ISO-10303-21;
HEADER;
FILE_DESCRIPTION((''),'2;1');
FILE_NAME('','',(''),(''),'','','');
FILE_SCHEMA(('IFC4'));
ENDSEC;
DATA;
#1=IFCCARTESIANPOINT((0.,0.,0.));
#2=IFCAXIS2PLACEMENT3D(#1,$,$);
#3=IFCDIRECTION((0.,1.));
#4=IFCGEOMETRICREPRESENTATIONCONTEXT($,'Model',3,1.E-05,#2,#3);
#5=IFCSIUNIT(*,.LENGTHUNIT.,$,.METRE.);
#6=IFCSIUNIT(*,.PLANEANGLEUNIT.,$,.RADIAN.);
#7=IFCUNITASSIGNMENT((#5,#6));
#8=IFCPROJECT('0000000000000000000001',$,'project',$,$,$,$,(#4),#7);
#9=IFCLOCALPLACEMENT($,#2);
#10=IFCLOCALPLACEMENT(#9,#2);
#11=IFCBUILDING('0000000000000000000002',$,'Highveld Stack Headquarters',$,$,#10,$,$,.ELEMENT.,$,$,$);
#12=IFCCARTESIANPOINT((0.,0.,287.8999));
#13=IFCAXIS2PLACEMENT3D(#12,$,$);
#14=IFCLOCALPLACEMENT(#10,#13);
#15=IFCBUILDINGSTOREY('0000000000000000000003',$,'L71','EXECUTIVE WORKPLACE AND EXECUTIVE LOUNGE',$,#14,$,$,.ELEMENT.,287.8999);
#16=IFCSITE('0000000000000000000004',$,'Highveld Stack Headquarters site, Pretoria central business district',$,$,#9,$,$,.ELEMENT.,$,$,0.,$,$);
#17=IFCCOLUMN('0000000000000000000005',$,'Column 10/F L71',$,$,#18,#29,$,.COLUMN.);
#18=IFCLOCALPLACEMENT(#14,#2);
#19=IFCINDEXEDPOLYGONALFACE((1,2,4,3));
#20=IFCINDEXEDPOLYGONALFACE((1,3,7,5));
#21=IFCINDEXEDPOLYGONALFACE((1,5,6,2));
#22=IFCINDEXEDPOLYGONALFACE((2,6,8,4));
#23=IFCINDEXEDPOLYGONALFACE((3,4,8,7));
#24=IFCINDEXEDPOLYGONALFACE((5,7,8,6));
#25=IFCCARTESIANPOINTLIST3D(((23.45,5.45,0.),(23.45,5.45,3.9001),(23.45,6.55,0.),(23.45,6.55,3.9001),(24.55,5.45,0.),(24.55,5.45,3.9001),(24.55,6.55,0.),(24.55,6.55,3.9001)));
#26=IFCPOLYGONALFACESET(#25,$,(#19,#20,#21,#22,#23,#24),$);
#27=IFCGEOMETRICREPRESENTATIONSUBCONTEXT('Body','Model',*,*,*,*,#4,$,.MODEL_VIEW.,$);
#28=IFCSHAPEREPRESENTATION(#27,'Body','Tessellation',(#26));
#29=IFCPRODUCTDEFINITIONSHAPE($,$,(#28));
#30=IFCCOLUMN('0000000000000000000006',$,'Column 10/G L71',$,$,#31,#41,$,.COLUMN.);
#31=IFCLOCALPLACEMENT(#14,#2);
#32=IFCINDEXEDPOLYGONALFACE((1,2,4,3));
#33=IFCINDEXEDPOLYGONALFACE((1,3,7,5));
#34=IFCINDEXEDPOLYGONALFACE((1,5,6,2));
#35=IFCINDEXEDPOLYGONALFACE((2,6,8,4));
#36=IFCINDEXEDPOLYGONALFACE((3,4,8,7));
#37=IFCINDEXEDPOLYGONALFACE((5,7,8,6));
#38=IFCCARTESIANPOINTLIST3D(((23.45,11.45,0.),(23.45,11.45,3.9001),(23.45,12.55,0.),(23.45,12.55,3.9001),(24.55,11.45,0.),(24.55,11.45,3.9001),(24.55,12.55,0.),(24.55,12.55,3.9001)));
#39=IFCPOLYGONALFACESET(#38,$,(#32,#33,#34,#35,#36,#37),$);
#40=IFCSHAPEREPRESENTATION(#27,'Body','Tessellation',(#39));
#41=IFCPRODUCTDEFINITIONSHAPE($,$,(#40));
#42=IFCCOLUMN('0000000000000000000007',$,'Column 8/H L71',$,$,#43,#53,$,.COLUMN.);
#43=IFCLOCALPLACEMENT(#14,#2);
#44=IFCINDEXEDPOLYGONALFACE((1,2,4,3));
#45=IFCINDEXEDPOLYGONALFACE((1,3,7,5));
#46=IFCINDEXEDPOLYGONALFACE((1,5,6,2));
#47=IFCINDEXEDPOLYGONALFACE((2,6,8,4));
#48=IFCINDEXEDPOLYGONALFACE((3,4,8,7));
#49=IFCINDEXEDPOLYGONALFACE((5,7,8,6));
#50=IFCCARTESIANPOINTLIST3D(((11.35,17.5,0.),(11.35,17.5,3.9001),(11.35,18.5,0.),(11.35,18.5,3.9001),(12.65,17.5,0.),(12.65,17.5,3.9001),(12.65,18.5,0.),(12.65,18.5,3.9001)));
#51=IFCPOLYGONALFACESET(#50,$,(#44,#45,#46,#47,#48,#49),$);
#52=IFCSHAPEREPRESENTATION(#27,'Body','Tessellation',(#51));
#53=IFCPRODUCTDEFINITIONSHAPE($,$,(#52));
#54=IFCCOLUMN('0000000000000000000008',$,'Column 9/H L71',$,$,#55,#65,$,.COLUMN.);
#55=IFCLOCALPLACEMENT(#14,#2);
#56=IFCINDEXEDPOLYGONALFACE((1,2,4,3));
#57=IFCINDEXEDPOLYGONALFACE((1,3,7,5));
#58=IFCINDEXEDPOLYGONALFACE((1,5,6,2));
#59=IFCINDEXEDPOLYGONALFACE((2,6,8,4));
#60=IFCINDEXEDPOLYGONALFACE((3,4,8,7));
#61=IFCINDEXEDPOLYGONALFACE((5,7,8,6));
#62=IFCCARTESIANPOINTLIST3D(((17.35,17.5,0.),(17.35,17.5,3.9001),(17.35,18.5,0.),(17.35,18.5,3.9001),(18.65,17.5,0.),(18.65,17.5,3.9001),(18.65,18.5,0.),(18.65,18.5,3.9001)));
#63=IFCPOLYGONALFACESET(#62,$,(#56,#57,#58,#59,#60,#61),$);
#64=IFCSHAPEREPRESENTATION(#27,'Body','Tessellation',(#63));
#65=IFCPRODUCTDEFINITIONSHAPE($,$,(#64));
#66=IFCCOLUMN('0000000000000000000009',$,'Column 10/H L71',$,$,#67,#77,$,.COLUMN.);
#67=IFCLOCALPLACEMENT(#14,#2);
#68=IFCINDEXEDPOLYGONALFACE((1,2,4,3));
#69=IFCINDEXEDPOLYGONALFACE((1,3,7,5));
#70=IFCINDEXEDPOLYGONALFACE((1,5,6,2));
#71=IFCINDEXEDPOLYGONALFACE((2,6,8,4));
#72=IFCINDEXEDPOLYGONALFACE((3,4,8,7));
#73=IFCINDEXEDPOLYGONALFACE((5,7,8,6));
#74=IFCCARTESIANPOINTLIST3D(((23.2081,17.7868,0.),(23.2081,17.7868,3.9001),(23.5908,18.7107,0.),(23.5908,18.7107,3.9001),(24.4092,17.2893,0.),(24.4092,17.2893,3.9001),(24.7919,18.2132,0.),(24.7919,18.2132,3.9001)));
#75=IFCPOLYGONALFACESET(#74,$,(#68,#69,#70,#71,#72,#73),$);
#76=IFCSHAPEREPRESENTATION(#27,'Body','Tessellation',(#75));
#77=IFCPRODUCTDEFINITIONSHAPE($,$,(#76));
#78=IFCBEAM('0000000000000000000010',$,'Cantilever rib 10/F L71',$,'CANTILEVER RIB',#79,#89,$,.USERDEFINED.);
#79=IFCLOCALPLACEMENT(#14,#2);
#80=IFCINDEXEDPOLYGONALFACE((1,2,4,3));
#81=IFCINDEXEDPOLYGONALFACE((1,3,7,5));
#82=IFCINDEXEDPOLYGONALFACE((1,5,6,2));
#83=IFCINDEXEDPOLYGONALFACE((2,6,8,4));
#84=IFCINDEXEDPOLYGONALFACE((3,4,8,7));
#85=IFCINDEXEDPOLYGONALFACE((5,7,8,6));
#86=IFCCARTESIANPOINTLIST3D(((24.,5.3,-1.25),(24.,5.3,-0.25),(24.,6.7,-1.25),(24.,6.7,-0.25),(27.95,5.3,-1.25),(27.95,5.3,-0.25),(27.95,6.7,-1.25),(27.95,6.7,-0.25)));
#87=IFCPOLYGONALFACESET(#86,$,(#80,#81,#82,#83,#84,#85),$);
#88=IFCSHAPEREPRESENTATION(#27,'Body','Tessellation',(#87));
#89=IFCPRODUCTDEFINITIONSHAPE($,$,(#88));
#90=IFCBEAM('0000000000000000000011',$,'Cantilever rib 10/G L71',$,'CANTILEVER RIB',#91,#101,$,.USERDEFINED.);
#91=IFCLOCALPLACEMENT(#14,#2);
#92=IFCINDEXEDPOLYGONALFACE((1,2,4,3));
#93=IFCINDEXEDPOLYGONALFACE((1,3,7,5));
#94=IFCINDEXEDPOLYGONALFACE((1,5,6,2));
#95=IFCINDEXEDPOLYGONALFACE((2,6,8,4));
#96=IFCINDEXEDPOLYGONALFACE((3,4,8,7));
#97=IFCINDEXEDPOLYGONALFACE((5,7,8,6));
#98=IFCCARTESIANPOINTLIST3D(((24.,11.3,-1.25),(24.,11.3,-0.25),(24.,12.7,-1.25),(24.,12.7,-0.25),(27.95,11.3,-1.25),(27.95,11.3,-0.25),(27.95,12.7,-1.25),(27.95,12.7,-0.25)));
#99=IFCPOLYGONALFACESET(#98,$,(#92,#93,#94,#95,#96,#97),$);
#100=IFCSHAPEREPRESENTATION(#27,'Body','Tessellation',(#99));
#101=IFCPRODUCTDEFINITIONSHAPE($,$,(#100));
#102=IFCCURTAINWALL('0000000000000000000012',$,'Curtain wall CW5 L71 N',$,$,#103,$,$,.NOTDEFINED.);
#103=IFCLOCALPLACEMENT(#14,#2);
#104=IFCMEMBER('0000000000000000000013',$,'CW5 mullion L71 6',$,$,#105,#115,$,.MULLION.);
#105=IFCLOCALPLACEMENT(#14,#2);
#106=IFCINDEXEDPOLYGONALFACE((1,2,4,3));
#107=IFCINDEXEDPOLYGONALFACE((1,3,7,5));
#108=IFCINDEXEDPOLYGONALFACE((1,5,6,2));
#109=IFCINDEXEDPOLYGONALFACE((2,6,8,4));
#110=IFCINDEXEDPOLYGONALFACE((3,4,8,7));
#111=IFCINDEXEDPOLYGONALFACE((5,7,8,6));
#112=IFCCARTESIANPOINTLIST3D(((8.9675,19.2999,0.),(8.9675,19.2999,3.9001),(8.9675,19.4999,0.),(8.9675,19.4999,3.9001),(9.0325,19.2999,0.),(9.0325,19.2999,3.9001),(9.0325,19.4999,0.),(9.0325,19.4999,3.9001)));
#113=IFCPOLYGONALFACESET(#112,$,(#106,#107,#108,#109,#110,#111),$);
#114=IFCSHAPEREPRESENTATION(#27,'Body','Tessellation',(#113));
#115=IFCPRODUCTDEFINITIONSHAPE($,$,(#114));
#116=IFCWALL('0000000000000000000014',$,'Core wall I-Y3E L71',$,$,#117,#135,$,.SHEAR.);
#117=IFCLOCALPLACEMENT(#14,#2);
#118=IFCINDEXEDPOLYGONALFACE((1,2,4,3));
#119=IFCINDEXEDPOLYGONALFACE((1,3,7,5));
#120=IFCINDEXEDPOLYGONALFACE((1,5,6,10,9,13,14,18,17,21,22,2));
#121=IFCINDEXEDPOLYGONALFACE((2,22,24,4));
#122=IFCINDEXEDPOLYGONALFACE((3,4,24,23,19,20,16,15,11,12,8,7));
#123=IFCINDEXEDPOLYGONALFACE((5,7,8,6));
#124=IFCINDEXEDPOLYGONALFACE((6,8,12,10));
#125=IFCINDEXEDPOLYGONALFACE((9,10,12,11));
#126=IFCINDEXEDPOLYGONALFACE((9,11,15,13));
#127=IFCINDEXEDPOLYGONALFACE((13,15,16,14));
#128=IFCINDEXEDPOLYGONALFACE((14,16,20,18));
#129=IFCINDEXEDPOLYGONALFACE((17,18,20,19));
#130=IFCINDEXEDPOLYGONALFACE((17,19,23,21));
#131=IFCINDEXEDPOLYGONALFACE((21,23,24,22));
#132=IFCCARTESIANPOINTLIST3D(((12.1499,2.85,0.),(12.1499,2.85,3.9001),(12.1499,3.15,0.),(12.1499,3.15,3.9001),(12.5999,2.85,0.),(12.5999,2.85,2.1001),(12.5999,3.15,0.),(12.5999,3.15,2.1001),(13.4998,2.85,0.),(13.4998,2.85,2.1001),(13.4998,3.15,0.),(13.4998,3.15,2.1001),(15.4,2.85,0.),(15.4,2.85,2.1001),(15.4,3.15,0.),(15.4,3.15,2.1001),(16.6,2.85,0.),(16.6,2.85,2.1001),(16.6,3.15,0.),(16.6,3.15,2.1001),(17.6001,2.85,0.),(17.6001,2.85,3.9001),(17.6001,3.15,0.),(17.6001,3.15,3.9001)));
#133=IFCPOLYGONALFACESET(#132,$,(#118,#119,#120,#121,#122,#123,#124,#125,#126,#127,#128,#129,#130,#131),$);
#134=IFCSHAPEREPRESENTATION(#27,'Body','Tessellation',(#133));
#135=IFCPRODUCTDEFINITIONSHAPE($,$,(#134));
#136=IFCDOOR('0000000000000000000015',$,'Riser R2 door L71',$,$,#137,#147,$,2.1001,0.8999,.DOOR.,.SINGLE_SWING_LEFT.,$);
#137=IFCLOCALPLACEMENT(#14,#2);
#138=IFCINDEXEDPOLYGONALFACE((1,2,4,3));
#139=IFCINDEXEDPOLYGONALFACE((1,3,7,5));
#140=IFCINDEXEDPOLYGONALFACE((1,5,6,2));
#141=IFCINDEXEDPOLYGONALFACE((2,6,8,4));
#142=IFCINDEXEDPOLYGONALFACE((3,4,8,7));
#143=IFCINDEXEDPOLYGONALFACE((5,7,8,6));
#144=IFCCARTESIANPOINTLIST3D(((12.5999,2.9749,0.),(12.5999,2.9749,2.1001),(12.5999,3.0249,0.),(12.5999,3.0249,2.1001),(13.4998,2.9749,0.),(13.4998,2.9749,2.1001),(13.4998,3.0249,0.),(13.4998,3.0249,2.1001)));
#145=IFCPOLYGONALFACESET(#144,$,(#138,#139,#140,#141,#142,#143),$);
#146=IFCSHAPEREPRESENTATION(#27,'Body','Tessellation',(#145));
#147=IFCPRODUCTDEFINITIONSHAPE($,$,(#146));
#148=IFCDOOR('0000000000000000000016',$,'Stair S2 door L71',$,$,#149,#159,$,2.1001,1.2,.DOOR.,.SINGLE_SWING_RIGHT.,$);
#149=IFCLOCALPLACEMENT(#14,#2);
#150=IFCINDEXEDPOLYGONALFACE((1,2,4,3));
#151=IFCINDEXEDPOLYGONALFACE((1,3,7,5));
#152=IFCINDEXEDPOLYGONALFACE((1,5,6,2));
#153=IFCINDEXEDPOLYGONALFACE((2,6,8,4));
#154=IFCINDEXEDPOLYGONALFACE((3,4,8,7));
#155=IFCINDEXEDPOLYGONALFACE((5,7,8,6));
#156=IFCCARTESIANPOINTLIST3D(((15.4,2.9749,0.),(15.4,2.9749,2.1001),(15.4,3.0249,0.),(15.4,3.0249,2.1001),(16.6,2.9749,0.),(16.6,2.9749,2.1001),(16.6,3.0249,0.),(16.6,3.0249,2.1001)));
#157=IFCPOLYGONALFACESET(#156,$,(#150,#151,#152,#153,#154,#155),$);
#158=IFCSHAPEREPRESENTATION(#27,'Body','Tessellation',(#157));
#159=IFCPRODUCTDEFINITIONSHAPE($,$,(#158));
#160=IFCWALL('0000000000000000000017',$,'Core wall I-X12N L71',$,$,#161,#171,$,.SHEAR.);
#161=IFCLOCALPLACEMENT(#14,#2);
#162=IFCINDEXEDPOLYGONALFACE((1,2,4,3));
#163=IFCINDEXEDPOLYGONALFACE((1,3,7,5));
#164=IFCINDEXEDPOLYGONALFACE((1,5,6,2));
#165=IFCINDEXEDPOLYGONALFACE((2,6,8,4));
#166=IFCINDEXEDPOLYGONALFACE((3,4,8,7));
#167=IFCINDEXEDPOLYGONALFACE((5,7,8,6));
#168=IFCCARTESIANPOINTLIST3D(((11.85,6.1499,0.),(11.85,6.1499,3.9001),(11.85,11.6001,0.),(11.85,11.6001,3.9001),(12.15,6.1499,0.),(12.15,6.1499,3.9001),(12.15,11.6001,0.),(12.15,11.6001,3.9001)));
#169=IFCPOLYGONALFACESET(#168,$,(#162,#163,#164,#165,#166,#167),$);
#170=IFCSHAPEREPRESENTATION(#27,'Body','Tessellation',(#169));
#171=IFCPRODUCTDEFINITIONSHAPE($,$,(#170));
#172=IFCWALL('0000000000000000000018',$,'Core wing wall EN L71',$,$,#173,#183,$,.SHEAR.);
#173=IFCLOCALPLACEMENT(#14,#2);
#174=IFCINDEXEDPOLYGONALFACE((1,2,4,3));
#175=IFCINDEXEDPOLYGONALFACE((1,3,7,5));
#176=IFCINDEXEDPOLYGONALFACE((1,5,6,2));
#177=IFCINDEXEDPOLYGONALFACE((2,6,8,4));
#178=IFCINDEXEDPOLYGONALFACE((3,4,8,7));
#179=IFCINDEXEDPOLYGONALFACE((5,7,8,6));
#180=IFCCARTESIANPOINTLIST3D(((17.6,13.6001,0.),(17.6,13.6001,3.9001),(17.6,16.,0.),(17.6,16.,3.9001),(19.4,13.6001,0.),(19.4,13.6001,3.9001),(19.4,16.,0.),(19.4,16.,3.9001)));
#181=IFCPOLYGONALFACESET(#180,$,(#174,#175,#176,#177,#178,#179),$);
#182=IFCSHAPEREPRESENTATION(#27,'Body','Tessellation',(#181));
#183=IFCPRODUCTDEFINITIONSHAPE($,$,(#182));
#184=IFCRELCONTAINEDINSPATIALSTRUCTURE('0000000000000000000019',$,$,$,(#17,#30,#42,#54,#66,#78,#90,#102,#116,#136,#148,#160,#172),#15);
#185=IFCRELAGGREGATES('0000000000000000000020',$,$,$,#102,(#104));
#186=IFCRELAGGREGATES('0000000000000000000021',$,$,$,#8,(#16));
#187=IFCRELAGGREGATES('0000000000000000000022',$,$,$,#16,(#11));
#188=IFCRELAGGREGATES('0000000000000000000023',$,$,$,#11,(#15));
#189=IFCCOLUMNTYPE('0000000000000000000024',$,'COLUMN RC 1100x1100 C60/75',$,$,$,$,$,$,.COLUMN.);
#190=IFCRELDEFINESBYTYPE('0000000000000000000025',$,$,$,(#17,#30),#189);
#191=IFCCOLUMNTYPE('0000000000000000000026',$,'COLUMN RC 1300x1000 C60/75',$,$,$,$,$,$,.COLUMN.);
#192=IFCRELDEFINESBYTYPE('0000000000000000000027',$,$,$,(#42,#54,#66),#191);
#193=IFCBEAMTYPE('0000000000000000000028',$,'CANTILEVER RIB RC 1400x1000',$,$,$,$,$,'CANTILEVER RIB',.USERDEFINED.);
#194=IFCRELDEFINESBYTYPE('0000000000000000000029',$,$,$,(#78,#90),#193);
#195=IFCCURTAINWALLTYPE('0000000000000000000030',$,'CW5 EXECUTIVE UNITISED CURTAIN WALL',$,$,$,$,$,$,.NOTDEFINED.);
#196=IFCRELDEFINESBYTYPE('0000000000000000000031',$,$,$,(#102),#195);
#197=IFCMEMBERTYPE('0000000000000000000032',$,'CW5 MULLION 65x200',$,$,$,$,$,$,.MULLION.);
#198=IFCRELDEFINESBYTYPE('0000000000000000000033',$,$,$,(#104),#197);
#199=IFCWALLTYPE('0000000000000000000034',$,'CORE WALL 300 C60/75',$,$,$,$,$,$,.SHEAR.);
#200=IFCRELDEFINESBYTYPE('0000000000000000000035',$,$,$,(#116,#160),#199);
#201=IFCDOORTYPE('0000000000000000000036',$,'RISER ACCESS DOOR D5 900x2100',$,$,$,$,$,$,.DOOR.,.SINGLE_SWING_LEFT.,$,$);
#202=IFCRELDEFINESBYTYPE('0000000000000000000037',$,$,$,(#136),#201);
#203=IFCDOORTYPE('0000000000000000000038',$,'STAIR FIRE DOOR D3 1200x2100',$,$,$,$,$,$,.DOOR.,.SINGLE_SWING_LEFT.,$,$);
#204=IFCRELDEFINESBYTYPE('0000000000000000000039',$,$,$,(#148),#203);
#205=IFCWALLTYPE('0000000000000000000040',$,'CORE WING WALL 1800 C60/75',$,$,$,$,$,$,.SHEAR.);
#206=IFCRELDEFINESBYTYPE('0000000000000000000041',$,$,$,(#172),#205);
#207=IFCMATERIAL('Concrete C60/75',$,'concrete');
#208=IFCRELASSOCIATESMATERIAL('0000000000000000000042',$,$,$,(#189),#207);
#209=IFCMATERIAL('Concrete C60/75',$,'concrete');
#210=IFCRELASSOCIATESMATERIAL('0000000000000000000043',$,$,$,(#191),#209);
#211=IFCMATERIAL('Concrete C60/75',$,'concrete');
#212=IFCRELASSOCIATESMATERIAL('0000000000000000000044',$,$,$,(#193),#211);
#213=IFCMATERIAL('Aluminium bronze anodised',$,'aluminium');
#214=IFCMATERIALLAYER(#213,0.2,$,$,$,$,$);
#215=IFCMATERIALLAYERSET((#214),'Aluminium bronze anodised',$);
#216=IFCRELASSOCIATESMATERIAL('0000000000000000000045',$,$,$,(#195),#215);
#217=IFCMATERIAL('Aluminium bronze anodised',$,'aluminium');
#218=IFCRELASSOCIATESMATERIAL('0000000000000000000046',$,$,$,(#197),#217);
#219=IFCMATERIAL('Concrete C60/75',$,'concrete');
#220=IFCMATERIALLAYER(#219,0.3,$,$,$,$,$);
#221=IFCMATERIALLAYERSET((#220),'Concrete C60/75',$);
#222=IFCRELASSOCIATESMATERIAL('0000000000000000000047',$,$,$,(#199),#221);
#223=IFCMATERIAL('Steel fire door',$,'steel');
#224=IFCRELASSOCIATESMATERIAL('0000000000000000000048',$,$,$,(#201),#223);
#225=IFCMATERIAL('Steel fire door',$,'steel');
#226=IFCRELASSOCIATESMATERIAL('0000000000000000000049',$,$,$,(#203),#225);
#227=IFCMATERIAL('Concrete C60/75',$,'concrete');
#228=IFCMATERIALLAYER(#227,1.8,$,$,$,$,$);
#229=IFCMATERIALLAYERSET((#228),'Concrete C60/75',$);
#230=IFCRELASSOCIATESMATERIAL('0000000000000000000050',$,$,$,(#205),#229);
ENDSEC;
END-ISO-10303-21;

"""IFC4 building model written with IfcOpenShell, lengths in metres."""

from ifc_helpers import new_model, si_unit, direction, frame, frame_2d, origin, origin_2d, place, context, subcontext, project, spatial, rectangle, extrude, material, layer, layer_set, material_profile, profile_set, type_object, element, fill, aggregate, save


model = new_model("IFC4")

# Units and contexts
model_context = context("Model", 3, precision=1e-05, world=origin(), true_north=direction((0.0, 1.0)))
body_context = subcontext(model_context, "Body", "Model", "MODEL_VIEW")
ifc_project = project(units=[si_unit("LENGTHUNIT", "METRE"), si_unit("PLANEANGLEUNIT", "RADIAN")], contexts=[model_context])

# Site, building, storey
site_placement = place(None, origin())
site = spatial("IfcSite", under=ifc_project, at=site_placement, Name="Highveld Stack Headquarters site, Pretoria central business district", CompositionType="ELEMENT", RefElevation=0.0)
building_placement = place(site_placement, origin())
building = spatial("IfcBuilding", under=site, at=building_placement, Name="Highveld Stack Headquarters", CompositionType="ELEMENT")
storey_placement = place(building_placement, frame((0.0, 0.0, 287.8999)))
storey = spatial("IfcBuildingStorey", under=building, at=storey_placement, Name="L71", Description="EXECUTIVE WORKPLACE AND EXECUTIVE LOUNGE", CompositionType="ELEMENT", Elevation=287.8999)

# Columns
ifc_material_1 = material(Name="Concrete C60/75", Category="concrete")
ifc_material_profile_1 = material_profile(ifc_material_1, rectangle(XDim=1.1001, YDim=1.1001, at=origin_2d()), Name="RC 1100x1100")
ifc_profile_set_1 = profile_set([ifc_material_profile_1], Name="Concrete C60/75")
column_type_1 = type_object("IfcColumnType", Name="COLUMN RC 1100x1100 C60/75", PredefinedType="COLUMN", material=ifc_profile_set_1)
for number, where, z_axis, x_axis, name in (
    (1, (24.0, 6.0, 0.0), (0.0, 0.0, 1.0), (1.0, 0.0, 0.0), "Column 10/F L71"),
    (2, (24.0, 12.0, 0.0), (0.0, 0.0, 1.0), (1.0, 0.0, 0.0), "Column 10/G L71"),
):
    element("IfcColumn", number, at=place(storey_placement, frame(where, z_axis=z_axis, x_axis=x_axis)), inside=storey, type_object=column_type_1, Name=name, PredefinedType="COLUMN", context=body_context, shape_type="SweptSolid", body=[
        extrude(rectangle(XDim=1.1001, YDim=1.1001, at=origin_2d()), origin(), (0.0, 0.0, 1.0), 3.9001),
    ])
ifc_material_2 = material(Name="Concrete C60/75", Category="concrete")
ifc_material_profile_2 = material_profile(ifc_material_2, rectangle(XDim=1.3, YDim=1.0, at=origin_2d()), Name="RC 1300x1000")
ifc_profile_set_2 = profile_set([ifc_material_profile_2], Name="Concrete C60/75")
column_type_2 = type_object("IfcColumnType", Name="COLUMN RC 1300x1000 C60/75", PredefinedType="COLUMN", material=ifc_profile_set_2)
for number, where, z_axis, x_axis, name in (
    (3, (12.0, 18.0, 0.0), (0.0, 0.0, 1.0), (1.0, 0.0, 0.0), "Column 8/H L71"),
    (4, (18.0, 18.0, 0.0), (0.0, 0.0, 1.0), (1.0, 0.0, 0.0), "Column 9/H L71"),
    (5, (24.0, 18.0, 0.0), (0.0, 0.0, 1.0), (0.92388, -0.382683, 0.0), "Column 10/H L71"),
):
    element("IfcColumn", number, at=place(storey_placement, frame(where, z_axis=z_axis, x_axis=x_axis)), inside=storey, type_object=column_type_2, Name=name, PredefinedType="COLUMN", context=body_context, shape_type="SweptSolid", body=[
        extrude(rectangle(XDim=1.3, YDim=1.0, at=origin_2d()), origin(), (0.0, 0.0, 1.0), 3.9001),
    ])

# Beams
ifc_material_3 = material(Name="Concrete C60/75", Category="concrete")
ifc_material_profile_3 = material_profile(ifc_material_3, rectangle(XDim=1.3999, YDim=1.0, at=origin_2d()), Name="RC 1400x1000")
ifc_profile_set_3 = profile_set([ifc_material_profile_3], Name="Concrete C60/75")
beam_type = type_object("IfcBeamType", Name="CANTILEVER RIB RC 1400x1000", ElementType="CANTILEVER RIB", PredefinedType="USERDEFINED", material=ifc_profile_set_3)
for number, where, z_axis, x_axis, name in (
    (6, (24.0, 6.0, -0.75), (1.0, 0.0, 0.0), (0.0, 1.0, 0.0), "Cantilever rib 10/F L71"),
    (7, (24.0, 12.0, -0.75), (1.0, 0.0, 0.0), (0.0, 1.0, 0.0), "Cantilever rib 10/G L71"),
):
    element("IfcBeam", number, at=place(storey_placement, frame(where, z_axis=z_axis, x_axis=x_axis)), inside=storey, type_object=beam_type, Name=name, ObjectType="CANTILEVER RIB", PredefinedType="USERDEFINED", context=body_context, shape_type="SweptSolid", body=[
        extrude(rectangle(XDim=1.3999, YDim=1.0, at=origin_2d()), origin(), (0.0, 0.0, 1.0), 3.95),
    ])

# Curtain wall, member
ifc_material_4 = material(Name="Aluminium bronze anodised", Category="aluminium")
ifc_layer_1 = layer(ifc_material_4, 0.2)
ifc_layer_set_1 = layer_set([ifc_layer_1], Name="Aluminium bronze anodised")
curtain_wall_type = type_object("IfcCurtainWallType", Name="CW5 EXECUTIVE UNITISED CURTAIN WALL", PredefinedType="NOTDEFINED", material=ifc_layer_set_1)
curtain_wall_placement = place(storey_placement, origin())
curtain_wall = element("IfcCurtainWall", 8, at=curtain_wall_placement, inside=storey, type_object=curtain_wall_type, Name="Curtain wall CW5 L71 N", PredefinedType="NOTDEFINED")
ifc_material_5 = material(Name="Aluminium bronze anodised", Category="aluminium")
ifc_material_profile_4 = material_profile(ifc_material_5, rectangle(XDim=0.2, YDim=0.0649, at=origin_2d()), Name="CW5 MULLION 65x200")
ifc_profile_set_4 = profile_set([ifc_material_profile_4], Name="Aluminium bronze anodised")
member_type = type_object("IfcMemberType", Name="CW5 MULLION 65x200", PredefinedType="MULLION", material=ifc_profile_set_4)
member_placement = place(storey_placement, frame((9.0, 19.3999, 0.0), z_axis=(0.0, 0.0, 1.0), x_axis=(0.0, -1.0, 0.0)))
member = element("IfcMember", 9, at=member_placement, type_object=member_type, Name="CW5 mullion L71 6", PredefinedType="MULLION", context=body_context, shape_type="SweptSolid", body=[
    extrude(rectangle(XDim=0.2, YDim=0.0649, at=origin_2d()), origin(), (0.0, 0.0, 1.0), 3.9001),
])
aggregate(curtain_wall, [member])

# Wall, openings, doors
ifc_material_6 = material(Name="Concrete C60/75", Category="concrete")
ifc_layer_2 = layer(ifc_material_6, 0.3)
ifc_layer_set_2 = layer_set([ifc_layer_2], Name="Concrete C60/75")
wall_type_1 = type_object("IfcWallType", Name="CORE WALL 300 C60/75", PredefinedType="SHEAR", material=ifc_layer_set_2)
wall_1_placement = place(storey_placement, frame((12.1499, 3.0, 0.0), z_axis=(0.0, 0.0, 1.0), x_axis=(1.0, 0.0, 0.0)))
wall_1 = element("IfcWall", 10, at=wall_1_placement, inside=storey, type_object=wall_type_1, Name="Core wall I-Y3E L71", PredefinedType="SHEAR", context=body_context, shape_type="SweptSolid", body=[
    extrude(rectangle(XDim=5.4502, YDim=0.3, at=frame_2d((2.7251, 0.0))), origin(), (0.0, 0.0, 1.0), 3.9001),
])
opening_1_placement = place(wall_1_placement, frame((3.25, 0.0, 0.0)))
opening_1 = element("IfcOpeningElement", 11, at=opening_1_placement, cuts=wall_1, PredefinedType="OPENING", context=body_context, shape_type="SweptSolid", body=[
    extrude(rectangle(XDim=1.2, YDim=2.1001, at=frame_2d((0.6001, 1.05))), frame((0.0, 0.1599, 0.0), z_axis=(0.0, -1.0, 0.0), x_axis=(1.0, 0.0, 0.0)), (0.0, 0.0, 1.0), 0.3201),
])
opening_2_placement = place(wall_1_placement, frame((0.45, 0.0, 0.0)))
opening_2 = element("IfcOpeningElement", 12, at=opening_2_placement, cuts=wall_1, PredefinedType="OPENING", context=body_context, shape_type="SweptSolid", body=[
    extrude(rectangle(XDim=0.8999, YDim=2.1001, at=frame_2d((0.45, 1.05))), frame((0.0, 0.1599, 0.0), z_axis=(0.0, -1.0, 0.0), x_axis=(1.0, 0.0, 0.0)), (0.0, 0.0, 1.0), 0.3201),
])
ifc_material_7 = material(Name="Steel fire door", Category="steel")
door_type_1 = type_object("IfcDoorType", Name="RISER ACCESS DOOR D5 900x2100", OperationType="SINGLE_SWING_LEFT", PredefinedType="DOOR", material=ifc_material_7)
door_1_placement = place(opening_2_placement, origin())
door_1 = element("IfcDoor", 13, at=door_1_placement, inside=storey, type_object=door_type_1, Name="Riser R2 door L71", OperationType="SINGLE_SWING_LEFT", OverallHeight=2.1001, OverallWidth=0.8999, PredefinedType="DOOR", context=body_context, shape_type="SweptSolid", body=[
    extrude(rectangle(XDim=0.8999, YDim=2.1001, at=frame_2d((0.45, 1.05))), frame((0.0, 0.0249, 0.0), z_axis=(0.0, -1.0, 0.0), x_axis=(1.0, 0.0, 0.0)), (0.0, 0.0, 1.0), 0.05),
])
fill(opening_2, door_1)
ifc_material_8 = material(Name="Steel fire door", Category="steel")
door_type_2 = type_object("IfcDoorType", Name="STAIR FIRE DOOR D3 1200x2100", OperationType="SINGLE_SWING_LEFT", PredefinedType="DOOR", material=ifc_material_8)
door_2_placement = place(opening_1_placement, origin())
door_2 = element("IfcDoor", 14, at=door_2_placement, inside=storey, type_object=door_type_2, Name="Stair S2 door L71", OperationType="SINGLE_SWING_RIGHT", OverallHeight=2.1001, OverallWidth=1.2, PredefinedType="DOOR", context=body_context, shape_type="SweptSolid", body=[
    extrude(rectangle(XDim=1.2, YDim=2.1001, at=frame_2d((0.6001, 1.05))), frame((0.0, 0.0249, 0.0), z_axis=(0.0, -1.0, 0.0), x_axis=(1.0, 0.0, 0.0)), (0.0, 0.0, 1.0), 0.05),
])
fill(opening_1, door_2)

# Walls
wall_2_placement = place(storey_placement, frame((12.0, 6.1499, 0.0), z_axis=(0.0, 0.0, 1.0), x_axis=(0.0, 1.0, 0.0)))
element("IfcWall", 15, at=wall_2_placement, inside=storey, type_object=wall_type_1, Name="Core wall I-X12N L71", PredefinedType="SHEAR", context=body_context, shape_type="SweptSolid", body=[
    extrude(rectangle(XDim=5.4502, YDim=0.3, at=frame_2d((2.7251, 0.0))), origin(), (0.0, 0.0, 1.0), 3.9001),
])
ifc_material_9 = material(Name="Concrete C60/75", Category="concrete")
ifc_layer_3 = layer(ifc_material_9, 1.8)
ifc_layer_set_3 = layer_set([ifc_layer_3], Name="Concrete C60/75")
wall_type_2 = type_object("IfcWallType", Name="CORE WING WALL 1800 C60/75", PredefinedType="SHEAR", material=ifc_layer_set_3)
wall_3_placement = place(storey_placement, frame((18.5, 13.6001, 0.0), z_axis=(0.0, 0.0, 1.0), x_axis=(0.0, 1.0, 0.0)))
element("IfcWall", 16, at=wall_3_placement, inside=storey, type_object=wall_type_2, Name="Core wing wall EN L71", PredefinedType="SHEAR", context=body_context, shape_type="SweptSolid", body=[
    extrude(rectangle(XDim=2.3999, YDim=1.8, at=frame_2d((1.2, 0.0))), origin(), (0.0, 0.0, 1.0), 3.9001),
])

save(model, "model.ifc")
